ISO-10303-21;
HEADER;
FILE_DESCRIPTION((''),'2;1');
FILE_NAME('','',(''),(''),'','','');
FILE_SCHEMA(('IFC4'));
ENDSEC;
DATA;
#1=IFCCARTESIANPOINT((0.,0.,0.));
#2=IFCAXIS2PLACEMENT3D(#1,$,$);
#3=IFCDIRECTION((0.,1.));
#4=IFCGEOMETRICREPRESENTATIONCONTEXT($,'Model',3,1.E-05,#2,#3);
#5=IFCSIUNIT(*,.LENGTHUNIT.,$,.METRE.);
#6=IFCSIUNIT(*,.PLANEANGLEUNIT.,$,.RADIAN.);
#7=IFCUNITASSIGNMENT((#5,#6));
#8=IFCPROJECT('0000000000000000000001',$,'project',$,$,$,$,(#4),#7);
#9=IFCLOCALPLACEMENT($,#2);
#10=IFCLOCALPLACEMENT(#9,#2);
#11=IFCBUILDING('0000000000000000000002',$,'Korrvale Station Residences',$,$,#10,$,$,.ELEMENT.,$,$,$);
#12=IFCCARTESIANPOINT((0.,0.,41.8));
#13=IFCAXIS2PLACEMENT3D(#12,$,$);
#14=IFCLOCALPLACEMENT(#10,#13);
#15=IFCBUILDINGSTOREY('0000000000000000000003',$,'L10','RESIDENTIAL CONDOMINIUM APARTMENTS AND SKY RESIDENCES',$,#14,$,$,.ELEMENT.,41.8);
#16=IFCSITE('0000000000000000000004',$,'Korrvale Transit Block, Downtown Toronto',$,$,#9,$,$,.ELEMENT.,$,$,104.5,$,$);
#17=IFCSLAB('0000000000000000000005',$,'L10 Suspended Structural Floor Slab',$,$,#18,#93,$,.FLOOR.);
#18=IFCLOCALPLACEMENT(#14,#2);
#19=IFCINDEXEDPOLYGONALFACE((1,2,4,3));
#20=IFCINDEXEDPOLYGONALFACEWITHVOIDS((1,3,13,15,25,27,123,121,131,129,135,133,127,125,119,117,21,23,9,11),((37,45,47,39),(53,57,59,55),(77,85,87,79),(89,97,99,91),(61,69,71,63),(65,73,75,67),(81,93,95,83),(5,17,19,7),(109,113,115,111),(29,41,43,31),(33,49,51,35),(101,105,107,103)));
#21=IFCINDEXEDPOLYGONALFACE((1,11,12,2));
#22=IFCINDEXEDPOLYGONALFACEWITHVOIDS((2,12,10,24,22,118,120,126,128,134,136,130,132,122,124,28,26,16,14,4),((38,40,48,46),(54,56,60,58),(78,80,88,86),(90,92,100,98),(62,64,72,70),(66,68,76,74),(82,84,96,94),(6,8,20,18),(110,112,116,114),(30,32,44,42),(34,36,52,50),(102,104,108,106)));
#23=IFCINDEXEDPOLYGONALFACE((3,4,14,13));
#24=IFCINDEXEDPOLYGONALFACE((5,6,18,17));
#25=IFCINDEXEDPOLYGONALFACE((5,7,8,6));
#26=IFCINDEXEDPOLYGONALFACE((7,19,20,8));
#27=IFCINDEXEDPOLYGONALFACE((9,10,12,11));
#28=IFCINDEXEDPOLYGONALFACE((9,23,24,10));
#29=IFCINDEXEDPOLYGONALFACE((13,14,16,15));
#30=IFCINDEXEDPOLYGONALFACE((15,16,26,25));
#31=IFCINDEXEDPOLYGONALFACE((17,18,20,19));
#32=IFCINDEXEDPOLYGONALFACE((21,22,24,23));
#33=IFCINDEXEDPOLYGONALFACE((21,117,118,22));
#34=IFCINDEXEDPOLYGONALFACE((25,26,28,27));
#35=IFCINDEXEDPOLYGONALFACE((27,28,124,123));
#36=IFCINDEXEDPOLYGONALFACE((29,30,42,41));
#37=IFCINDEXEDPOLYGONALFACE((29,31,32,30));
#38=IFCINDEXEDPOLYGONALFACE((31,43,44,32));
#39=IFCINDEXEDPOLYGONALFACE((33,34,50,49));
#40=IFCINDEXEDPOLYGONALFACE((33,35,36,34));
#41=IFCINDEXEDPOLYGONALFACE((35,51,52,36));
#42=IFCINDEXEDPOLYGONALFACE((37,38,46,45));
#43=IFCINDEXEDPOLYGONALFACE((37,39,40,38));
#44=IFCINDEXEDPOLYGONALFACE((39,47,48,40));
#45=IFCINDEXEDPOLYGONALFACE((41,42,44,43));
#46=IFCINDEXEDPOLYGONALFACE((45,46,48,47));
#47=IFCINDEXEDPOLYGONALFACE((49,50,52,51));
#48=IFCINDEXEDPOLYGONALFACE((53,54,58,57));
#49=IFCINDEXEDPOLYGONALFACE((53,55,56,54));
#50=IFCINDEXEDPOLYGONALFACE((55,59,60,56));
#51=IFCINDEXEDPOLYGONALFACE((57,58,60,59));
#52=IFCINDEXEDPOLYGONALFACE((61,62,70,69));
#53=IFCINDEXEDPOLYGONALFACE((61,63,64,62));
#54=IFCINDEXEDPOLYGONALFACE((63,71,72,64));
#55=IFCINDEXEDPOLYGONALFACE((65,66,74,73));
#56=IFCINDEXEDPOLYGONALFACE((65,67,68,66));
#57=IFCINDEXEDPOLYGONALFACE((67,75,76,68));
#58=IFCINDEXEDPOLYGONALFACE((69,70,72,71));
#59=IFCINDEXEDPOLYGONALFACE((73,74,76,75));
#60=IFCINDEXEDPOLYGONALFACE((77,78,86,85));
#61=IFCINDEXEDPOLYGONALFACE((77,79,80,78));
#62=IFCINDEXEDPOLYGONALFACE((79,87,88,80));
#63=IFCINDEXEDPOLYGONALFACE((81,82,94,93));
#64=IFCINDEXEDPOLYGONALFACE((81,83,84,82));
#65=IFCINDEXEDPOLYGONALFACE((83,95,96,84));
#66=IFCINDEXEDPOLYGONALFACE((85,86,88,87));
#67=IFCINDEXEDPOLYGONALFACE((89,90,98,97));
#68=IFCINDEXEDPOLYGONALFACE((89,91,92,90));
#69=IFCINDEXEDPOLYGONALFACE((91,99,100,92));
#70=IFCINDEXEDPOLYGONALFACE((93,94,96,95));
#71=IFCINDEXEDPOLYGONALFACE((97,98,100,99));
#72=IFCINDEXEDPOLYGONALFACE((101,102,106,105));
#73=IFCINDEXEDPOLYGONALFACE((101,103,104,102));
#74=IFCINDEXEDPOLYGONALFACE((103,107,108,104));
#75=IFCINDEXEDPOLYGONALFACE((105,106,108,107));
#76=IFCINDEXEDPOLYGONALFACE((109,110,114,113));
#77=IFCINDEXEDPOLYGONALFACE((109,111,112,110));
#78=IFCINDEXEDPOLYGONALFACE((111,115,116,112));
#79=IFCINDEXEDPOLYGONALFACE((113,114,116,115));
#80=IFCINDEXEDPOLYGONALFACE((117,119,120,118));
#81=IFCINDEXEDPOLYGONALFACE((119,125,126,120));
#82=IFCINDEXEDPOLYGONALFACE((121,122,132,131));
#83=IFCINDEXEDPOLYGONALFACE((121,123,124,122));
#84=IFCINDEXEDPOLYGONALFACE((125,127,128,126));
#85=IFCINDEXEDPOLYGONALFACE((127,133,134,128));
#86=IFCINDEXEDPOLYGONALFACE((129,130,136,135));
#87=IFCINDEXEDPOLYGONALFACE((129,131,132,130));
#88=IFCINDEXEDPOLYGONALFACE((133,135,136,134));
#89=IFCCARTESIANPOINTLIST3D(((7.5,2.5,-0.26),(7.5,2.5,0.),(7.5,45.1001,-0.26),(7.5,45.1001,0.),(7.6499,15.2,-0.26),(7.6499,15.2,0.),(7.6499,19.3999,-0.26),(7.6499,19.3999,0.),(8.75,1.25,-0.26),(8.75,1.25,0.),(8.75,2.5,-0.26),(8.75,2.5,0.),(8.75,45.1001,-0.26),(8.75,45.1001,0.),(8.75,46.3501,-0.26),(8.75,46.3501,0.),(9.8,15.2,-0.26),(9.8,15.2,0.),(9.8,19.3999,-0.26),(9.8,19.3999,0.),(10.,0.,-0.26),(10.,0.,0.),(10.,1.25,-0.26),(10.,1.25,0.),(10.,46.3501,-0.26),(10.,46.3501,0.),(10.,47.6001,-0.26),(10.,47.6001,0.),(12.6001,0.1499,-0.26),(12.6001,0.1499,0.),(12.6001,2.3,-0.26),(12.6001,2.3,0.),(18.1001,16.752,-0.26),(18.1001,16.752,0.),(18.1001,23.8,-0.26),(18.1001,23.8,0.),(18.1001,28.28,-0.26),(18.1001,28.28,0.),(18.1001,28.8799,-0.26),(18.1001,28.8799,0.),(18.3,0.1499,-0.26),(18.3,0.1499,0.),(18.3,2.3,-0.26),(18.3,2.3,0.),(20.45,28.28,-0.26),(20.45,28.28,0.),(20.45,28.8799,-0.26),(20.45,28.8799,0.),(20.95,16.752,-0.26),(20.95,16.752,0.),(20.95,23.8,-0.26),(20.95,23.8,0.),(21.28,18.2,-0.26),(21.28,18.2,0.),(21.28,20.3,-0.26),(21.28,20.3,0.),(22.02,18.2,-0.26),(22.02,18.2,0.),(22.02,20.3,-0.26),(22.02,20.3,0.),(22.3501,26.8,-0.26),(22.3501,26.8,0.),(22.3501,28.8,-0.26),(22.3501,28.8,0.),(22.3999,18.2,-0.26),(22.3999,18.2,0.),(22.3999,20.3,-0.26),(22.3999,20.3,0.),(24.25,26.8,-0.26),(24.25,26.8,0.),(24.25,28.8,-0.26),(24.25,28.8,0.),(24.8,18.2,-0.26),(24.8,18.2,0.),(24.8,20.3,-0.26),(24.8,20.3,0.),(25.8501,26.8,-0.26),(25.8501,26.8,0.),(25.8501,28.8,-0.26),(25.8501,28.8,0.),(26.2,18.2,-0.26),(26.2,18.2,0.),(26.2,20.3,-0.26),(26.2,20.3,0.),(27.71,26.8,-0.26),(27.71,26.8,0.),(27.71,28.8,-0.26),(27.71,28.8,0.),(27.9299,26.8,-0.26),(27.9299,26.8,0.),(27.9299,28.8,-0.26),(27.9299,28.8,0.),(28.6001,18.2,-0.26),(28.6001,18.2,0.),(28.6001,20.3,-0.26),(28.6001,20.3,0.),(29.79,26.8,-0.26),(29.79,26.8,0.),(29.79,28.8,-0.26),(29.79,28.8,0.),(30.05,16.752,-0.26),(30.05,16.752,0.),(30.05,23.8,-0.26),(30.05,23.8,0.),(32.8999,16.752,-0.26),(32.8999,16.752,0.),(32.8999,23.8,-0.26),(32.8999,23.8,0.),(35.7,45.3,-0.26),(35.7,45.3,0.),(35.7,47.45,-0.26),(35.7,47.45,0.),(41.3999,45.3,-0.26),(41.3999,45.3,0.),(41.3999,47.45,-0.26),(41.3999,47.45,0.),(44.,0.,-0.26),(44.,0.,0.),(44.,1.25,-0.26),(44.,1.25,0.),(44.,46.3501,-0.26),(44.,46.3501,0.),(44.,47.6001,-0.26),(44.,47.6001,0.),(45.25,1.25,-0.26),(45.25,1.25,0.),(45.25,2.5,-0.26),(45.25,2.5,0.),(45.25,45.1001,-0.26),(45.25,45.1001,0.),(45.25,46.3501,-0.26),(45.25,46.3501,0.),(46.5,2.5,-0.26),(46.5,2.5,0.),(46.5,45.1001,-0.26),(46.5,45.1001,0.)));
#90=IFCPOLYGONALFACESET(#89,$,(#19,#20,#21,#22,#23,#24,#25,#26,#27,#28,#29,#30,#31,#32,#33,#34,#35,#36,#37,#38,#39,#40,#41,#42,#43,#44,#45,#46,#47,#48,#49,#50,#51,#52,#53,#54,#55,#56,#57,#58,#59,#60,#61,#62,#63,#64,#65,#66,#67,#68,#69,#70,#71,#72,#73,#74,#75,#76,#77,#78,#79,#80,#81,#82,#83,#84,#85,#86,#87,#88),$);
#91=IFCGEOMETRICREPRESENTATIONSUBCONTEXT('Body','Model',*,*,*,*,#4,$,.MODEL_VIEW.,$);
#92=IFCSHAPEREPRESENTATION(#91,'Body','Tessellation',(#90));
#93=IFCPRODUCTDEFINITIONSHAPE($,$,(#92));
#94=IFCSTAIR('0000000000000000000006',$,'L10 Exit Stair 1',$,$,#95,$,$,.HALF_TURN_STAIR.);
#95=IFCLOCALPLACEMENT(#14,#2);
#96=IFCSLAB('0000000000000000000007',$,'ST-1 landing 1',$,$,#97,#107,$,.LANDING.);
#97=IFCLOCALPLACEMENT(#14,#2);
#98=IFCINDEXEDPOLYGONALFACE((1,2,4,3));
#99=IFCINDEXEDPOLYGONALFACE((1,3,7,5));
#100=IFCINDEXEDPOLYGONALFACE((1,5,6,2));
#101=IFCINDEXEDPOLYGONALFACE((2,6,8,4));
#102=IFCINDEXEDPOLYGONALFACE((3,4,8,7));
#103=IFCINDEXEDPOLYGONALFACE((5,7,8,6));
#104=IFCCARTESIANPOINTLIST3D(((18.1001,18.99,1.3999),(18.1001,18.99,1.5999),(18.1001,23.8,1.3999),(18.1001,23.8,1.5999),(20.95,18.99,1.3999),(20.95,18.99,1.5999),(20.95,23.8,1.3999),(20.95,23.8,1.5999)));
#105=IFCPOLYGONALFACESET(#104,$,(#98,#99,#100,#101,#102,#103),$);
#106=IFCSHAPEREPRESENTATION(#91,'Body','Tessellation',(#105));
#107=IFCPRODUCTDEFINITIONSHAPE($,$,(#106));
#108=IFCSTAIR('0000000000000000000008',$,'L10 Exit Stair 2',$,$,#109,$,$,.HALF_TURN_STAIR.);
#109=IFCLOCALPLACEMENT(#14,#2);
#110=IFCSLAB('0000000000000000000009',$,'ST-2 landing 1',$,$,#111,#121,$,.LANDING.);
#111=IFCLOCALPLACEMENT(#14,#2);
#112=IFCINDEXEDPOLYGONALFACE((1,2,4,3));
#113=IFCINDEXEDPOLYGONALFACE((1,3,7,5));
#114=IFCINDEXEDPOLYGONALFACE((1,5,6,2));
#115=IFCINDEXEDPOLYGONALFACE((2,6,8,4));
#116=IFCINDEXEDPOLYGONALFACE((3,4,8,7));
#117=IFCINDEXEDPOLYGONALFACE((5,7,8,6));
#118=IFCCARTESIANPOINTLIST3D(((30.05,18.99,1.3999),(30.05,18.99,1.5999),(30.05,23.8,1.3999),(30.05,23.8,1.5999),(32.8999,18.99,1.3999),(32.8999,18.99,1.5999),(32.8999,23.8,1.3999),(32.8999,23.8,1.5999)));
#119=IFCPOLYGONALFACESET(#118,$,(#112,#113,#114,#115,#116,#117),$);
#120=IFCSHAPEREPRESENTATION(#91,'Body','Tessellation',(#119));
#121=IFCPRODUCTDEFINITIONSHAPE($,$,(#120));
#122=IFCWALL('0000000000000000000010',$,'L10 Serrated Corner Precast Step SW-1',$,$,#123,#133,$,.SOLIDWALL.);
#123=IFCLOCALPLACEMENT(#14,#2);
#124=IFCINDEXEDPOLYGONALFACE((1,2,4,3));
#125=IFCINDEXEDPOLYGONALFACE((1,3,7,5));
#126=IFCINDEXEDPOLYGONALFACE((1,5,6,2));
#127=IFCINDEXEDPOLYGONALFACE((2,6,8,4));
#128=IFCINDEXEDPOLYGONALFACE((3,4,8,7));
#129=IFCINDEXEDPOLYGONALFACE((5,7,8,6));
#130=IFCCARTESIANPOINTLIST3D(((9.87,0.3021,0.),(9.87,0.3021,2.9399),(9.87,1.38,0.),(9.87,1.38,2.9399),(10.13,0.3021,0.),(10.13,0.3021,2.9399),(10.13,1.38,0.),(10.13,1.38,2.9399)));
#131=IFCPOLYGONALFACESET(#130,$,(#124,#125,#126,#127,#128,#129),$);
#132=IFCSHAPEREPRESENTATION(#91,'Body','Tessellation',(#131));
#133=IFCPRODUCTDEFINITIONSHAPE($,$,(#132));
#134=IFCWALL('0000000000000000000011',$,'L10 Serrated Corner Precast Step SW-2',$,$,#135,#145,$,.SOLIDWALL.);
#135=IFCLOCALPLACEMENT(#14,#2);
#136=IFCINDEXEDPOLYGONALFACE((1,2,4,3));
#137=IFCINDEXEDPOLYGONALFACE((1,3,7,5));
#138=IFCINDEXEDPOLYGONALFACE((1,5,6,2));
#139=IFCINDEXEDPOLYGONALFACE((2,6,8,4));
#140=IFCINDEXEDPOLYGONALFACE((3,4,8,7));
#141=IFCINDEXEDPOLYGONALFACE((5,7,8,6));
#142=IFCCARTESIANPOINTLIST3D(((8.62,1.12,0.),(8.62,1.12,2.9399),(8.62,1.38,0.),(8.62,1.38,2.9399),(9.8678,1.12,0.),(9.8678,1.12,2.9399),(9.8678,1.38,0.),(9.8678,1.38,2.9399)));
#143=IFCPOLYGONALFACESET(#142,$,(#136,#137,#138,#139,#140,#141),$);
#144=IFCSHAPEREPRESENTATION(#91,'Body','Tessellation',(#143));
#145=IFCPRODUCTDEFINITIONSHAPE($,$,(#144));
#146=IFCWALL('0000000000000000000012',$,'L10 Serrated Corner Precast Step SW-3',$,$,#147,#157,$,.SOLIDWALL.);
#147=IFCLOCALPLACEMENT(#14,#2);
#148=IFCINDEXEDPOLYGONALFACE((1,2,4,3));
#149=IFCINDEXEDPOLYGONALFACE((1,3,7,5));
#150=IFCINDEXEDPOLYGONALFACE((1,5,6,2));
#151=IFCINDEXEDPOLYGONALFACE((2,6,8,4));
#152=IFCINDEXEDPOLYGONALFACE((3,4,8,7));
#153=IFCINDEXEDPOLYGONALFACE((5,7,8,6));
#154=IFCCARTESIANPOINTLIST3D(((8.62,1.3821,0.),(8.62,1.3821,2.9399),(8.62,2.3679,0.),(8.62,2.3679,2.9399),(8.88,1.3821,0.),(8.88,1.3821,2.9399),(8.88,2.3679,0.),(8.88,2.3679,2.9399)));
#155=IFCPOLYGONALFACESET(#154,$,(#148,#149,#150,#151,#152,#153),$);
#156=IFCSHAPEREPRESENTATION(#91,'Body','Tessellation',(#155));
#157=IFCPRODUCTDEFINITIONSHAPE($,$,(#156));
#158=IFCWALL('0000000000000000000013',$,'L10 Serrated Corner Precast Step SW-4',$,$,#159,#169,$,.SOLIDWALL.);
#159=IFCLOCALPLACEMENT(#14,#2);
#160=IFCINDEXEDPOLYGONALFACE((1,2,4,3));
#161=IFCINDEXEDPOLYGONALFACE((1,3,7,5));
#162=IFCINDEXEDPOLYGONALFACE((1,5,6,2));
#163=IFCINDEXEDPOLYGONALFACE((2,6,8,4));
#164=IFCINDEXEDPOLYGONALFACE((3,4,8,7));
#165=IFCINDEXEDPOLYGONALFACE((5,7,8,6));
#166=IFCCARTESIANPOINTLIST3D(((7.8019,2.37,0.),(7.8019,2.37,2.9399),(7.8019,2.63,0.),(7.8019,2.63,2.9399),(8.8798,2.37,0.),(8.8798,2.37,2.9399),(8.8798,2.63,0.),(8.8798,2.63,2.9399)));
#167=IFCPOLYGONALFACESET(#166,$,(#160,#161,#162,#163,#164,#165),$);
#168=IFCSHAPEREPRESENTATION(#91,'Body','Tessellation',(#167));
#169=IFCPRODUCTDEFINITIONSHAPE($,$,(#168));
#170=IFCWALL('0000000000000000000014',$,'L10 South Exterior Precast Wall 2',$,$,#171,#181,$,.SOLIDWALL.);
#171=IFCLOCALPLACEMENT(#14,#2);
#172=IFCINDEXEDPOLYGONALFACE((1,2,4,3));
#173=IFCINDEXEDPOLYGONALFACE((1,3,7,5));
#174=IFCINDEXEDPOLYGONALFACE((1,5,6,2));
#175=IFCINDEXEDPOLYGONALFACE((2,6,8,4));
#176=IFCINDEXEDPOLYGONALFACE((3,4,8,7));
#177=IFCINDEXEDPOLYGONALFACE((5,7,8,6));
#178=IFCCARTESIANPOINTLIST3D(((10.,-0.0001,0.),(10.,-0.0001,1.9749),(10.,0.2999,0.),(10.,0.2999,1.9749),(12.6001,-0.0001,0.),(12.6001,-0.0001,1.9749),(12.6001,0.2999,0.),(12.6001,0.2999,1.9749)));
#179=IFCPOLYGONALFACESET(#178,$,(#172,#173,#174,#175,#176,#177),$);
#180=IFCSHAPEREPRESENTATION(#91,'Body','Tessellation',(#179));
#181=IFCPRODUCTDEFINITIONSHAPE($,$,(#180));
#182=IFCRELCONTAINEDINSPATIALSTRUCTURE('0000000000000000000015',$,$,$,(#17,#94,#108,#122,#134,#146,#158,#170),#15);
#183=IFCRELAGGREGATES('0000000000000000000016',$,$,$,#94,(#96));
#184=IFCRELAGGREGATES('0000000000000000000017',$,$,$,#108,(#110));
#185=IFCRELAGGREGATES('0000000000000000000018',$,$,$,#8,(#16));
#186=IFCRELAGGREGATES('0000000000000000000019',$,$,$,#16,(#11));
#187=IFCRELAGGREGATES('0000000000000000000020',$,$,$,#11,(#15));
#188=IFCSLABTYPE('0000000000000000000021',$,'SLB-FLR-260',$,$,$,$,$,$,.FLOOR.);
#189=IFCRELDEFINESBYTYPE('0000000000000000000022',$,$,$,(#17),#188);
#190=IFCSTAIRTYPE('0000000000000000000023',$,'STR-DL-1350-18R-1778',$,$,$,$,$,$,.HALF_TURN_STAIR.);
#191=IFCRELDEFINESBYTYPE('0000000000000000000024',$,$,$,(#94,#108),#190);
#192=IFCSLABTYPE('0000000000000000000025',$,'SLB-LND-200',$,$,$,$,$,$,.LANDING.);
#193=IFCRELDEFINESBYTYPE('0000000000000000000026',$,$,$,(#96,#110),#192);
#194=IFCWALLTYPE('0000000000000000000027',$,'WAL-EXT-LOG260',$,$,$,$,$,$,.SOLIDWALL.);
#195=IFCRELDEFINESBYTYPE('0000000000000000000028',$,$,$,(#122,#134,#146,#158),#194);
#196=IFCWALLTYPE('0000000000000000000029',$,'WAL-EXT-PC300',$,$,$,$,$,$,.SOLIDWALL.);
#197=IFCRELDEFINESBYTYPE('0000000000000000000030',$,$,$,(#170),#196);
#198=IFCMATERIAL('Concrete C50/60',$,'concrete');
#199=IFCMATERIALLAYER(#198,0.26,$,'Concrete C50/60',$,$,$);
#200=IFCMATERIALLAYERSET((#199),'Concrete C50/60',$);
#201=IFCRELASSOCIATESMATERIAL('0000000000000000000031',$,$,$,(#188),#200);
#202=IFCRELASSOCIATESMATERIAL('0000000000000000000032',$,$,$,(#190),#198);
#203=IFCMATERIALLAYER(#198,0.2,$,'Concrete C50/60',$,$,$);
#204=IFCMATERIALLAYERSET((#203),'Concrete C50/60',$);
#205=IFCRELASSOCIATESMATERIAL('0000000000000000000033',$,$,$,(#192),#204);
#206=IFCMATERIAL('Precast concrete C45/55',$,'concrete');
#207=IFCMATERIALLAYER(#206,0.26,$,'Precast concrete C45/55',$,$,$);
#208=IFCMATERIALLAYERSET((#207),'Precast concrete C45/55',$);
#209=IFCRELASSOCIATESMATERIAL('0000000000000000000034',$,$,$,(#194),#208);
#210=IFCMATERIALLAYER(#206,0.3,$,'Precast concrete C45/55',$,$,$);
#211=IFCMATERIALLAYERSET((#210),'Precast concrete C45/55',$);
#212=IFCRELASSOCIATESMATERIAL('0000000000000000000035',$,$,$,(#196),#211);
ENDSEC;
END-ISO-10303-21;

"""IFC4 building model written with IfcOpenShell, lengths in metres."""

from ifc_helpers import new_model, si_unit, direction, frame, frame_2d, origin, place, context, subcontext, project, spatial, polyline, rectangle, outline, extrude, material, layer, layer_set, type_object, element, aggregate, save


model = new_model("IFC4")

# Units and contexts
model_context = context("Model", 3, precision=1e-05, world=origin(), true_north=direction((0.0, 1.0)))
body_context = subcontext(model_context, "Body", "Model", "MODEL_VIEW")
ifc_project = project(units=[si_unit("LENGTHUNIT", "METRE"), si_unit("PLANEANGLEUNIT", "RADIAN")], contexts=[model_context])

# Site, building, storey
site_placement = place(None, origin())
site = spatial("IfcSite", under=ifc_project, at=site_placement, Name="Korrvale Transit Block, Downtown Toronto", CompositionType="ELEMENT", RefElevation=104.5)
building_placement = place(site_placement, origin())
building = spatial("IfcBuilding", under=site, at=building_placement, Name="Korrvale Station Residences", CompositionType="ELEMENT")
storey_placement = place(building_placement, frame((0.0, 0.0, 41.8)))
storey = spatial("IfcBuildingStorey", under=building, at=storey_placement, Name="L10", Description="RESIDENTIAL CONDOMINIUM APARTMENTS AND SKY RESIDENCES", CompositionType="ELEMENT", Elevation=41.8)

# Slab
ifc_material_1 = material(Name="Concrete C50/60", Category="concrete")
ifc_layer_1 = layer(ifc_material_1, 0.26, Name="Concrete C50/60")
ifc_layer_set_1 = layer_set([ifc_layer_1], Name="Concrete C50/60")
slab_type_1 = type_object("IfcSlabType", Name="SLB-FLR-260", PredefinedType="FLOOR", material=ifc_layer_set_1)
slab_1_placement = place(storey_placement, frame((0.0, 0.0, -0.26)))
element("IfcSlab", 1, at=slab_1_placement, inside=storey, type_object=slab_type_1, Name="L10 Suspended Structural Floor Slab", PredefinedType="FLOOR", context=body_context, shape_type="SweptSolid", body=[
    extrude(outline(polyline([(10.0, 0.0), (44.0, 0.0), (44.0, 1.25), (45.25, 1.25), (45.25, 2.5), (46.5, 2.5), (46.5, 45.1001), (45.25, 45.1001), (45.25, 46.3501), (44.0, 46.3501), (44.0, 47.6001), (10.0, 47.6001), (10.0, 46.3501), (8.75, 46.3501), (8.75, 45.1001), (7.5, 45.1001), (7.5, 2.5), (8.75, 2.5), (8.75, 1.25), (10.0, 1.25), (10.0, 0.0)]), holes=[polyline([(20.95, 16.752), (20.95, 23.8), (18.1001, 23.8), (18.1001, 16.752), (20.95, 16.752)]), polyline([(32.8999, 16.752), (32.8999, 23.8), (30.05, 23.8), (30.05, 16.752), (32.8999, 16.752)]), polyline([(22.3501, 26.8), (24.25, 26.8), (24.25, 28.8), (22.3501, 28.8), (22.3501, 26.8)]), polyline([(25.8501, 26.8), (27.71, 26.8), (27.71, 28.8), (25.8501, 28.8), (25.8501, 26.8)]), polyline([(27.9299, 26.8), (29.79, 26.8), (29.79, 28.8), (27.9299, 28.8), (27.9299, 26.8)]), polyline([(22.3999, 18.2), (24.8, 18.2), (24.8, 20.3), (22.3999, 20.3), (22.3999, 18.2)]), polyline([(26.2, 18.2), (28.6001, 18.2), (28.6001, 20.3), (26.2, 20.3), (26.2, 18.2)]), polyline([(18.1001, 28.28), (20.45, 28.28), (20.45, 28.8799), (18.1001, 28.8799), (18.1001, 28.28)]), polyline([(21.28, 18.2), (22.02, 18.2), (22.02, 20.3), (21.28, 20.3), (21.28, 18.2)]), polyline([(12.6001, 0.1499), (18.3, 0.1499), (18.3, 2.3), (12.6001, 2.3), (12.6001, 0.1499)]), polyline([(35.7, 45.3), (41.3999, 45.3), (41.3999, 47.45), (35.7, 47.45), (35.7, 45.3)]), polyline([(7.6499, 15.2), (9.8, 15.2), (9.8, 19.3999), (7.6499, 19.3999), (7.6499, 15.2)])]), origin(), (0.0, 0.0, 1.0), 0.26),
])

# Stairs, slabs
stair_type = type_object("IfcStairType", Name="STR-DL-1350-18R-1778", PredefinedType="HALF_TURN_STAIR", material=ifc_material_1)
stair_1_placement = place(storey_placement, origin())
stair_1 = element("IfcStair", 2, at=stair_1_placement, inside=storey, type_object=stair_type, Name="L10 Exit Stair 1", PredefinedType="HALF_TURN_STAIR")
ifc_layer_2 = layer(ifc_material_1, 0.2, Name="Concrete C50/60")
ifc_layer_set_2 = layer_set([ifc_layer_2], Name="Concrete C50/60")
slab_type_2 = type_object("IfcSlabType", Name="SLB-LND-200", PredefinedType="LANDING", material=ifc_layer_set_2)
slab_2_placement = place(storey_placement, frame((0.0, 0.0, 1.3999)))
slab_2 = element("IfcSlab", 3, at=slab_2_placement, type_object=slab_type_2, Name="ST-1 landing 1", PredefinedType="LANDING", context=body_context, shape_type="SweptSolid", body=[
    extrude(outline(polyline([(20.95, 18.99), (20.95, 23.8), (18.1001, 23.8), (18.1001, 18.99), (20.95, 18.99)])), origin(), (0.0, 0.0, 1.0), 0.2),
])
aggregate(stair_1, [slab_2])
stair_2_placement = place(storey_placement, origin())
stair_2 = element("IfcStair", 4, at=stair_2_placement, inside=storey, type_object=stair_type, Name="L10 Exit Stair 2", PredefinedType="HALF_TURN_STAIR")
slab_3_placement = place(storey_placement, frame((0.0, 0.0, 1.3999)))
slab_3 = element("IfcSlab", 5, at=slab_3_placement, type_object=slab_type_2, Name="ST-2 landing 1", PredefinedType="LANDING", context=body_context, shape_type="SweptSolid", body=[
    extrude(outline(polyline([(32.8999, 18.99), (32.8999, 23.8), (30.05, 23.8), (30.05, 18.99), (32.8999, 18.99)])), origin(), (0.0, 0.0, 1.0), 0.2),
])
aggregate(stair_2, [slab_3])

# Walls
ifc_material_2 = material(Name="Precast concrete C45/55", Category="concrete")
ifc_layer_3 = layer(ifc_material_2, 0.26, Name="Precast concrete C45/55")
ifc_layer_set_3 = layer_set([ifc_layer_3], Name="Precast concrete C45/55")
wall_type_1 = type_object("IfcWallType", Name="WAL-EXT-LOG260", PredefinedType="SOLIDWALL", material=ifc_layer_set_3)
wall_1_placement = place(storey_placement, frame((10.0, 0.302, 0.0), z_axis=(0.0, 0.0, 1.0), x_axis=(0.0, 1.0, 0.0)))
element("IfcWall", 6, at=wall_1_placement, inside=storey, type_object=wall_type_1, Name="L10 Serrated Corner Precast Step SW-1", PredefinedType="SOLIDWALL", context=body_context, shape_type="SweptSolid", body=[
    extrude(rectangle(XDim=1.0779, YDim=0.26, at=frame_2d((0.5391, 0.0))), origin(), (0.0, 0.0, 1.0), 2.9399),
])
wall_2_placement = place(storey_placement, frame((9.8679, 1.25, 0.0), z_axis=(0.0, 0.0, 1.0), x_axis=(-1.0, 0.0, 0.0)))
element("IfcWall", 7, at=wall_2_placement, inside=storey, type_object=wall_type_1, Name="L10 Serrated Corner Precast Step SW-2", PredefinedType="SOLIDWALL", context=body_context, shape_type="SweptSolid", body=[
    extrude(rectangle(XDim=1.2478, YDim=0.26, at=frame_2d((0.624, 0.0))), origin(), (0.0, 0.0, 1.0), 2.9399),
])
wall_3_placement = place(storey_placement, frame((8.75, 1.3821, 0.0), z_axis=(0.0, 0.0, 1.0), x_axis=(0.0, 1.0, 0.0)))
element("IfcWall", 8, at=wall_3_placement, inside=storey, type_object=wall_type_1, Name="L10 Serrated Corner Precast Step SW-3", PredefinedType="SOLIDWALL", context=body_context, shape_type="SweptSolid", body=[
    extrude(rectangle(XDim=0.9858, YDim=0.26, at=frame_2d((0.4929, 0.0))), origin(), (0.0, 0.0, 1.0), 2.9399),
])
wall_4_placement = place(storey_placement, frame((8.8799, 2.5, 0.0), z_axis=(0.0, 0.0, 1.0), x_axis=(-1.0, 0.0, 0.0)))
element("IfcWall", 9, at=wall_4_placement, inside=storey, type_object=wall_type_1, Name="L10 Serrated Corner Precast Step SW-4", PredefinedType="SOLIDWALL", context=body_context, shape_type="SweptSolid", body=[
    extrude(rectangle(XDim=1.0779, YDim=0.26, at=frame_2d((0.5391, 0.0))), origin(), (0.0, 0.0, 1.0), 2.9399),
])
ifc_layer_4 = layer(ifc_material_2, 0.3, Name="Precast concrete C45/55")
ifc_layer_set_4 = layer_set([ifc_layer_4], Name="Precast concrete C45/55")
wall_type_2 = type_object("IfcWallType", Name="WAL-EXT-PC300", PredefinedType="SOLIDWALL", material=ifc_layer_set_4)
wall_5_placement = place(storey_placement, frame((12.6001, 0.1499, 0.0), z_axis=(0.0, 0.0, 1.0), x_axis=(-1.0, 0.0, 0.0)))
element("IfcWall", 10, at=wall_5_placement, inside=storey, type_object=wall_type_2, Name="L10 South Exterior Precast Wall 2", PredefinedType="SOLIDWALL", context=body_context, shape_type="SweptSolid", body=[
    extrude(rectangle(XDim=2.6001, YDim=0.3, at=frame_2d((1.3, 0.0))), origin(), (0.0, 0.0, 1.0), 1.9749),
])

save(model, "model.ifc")
